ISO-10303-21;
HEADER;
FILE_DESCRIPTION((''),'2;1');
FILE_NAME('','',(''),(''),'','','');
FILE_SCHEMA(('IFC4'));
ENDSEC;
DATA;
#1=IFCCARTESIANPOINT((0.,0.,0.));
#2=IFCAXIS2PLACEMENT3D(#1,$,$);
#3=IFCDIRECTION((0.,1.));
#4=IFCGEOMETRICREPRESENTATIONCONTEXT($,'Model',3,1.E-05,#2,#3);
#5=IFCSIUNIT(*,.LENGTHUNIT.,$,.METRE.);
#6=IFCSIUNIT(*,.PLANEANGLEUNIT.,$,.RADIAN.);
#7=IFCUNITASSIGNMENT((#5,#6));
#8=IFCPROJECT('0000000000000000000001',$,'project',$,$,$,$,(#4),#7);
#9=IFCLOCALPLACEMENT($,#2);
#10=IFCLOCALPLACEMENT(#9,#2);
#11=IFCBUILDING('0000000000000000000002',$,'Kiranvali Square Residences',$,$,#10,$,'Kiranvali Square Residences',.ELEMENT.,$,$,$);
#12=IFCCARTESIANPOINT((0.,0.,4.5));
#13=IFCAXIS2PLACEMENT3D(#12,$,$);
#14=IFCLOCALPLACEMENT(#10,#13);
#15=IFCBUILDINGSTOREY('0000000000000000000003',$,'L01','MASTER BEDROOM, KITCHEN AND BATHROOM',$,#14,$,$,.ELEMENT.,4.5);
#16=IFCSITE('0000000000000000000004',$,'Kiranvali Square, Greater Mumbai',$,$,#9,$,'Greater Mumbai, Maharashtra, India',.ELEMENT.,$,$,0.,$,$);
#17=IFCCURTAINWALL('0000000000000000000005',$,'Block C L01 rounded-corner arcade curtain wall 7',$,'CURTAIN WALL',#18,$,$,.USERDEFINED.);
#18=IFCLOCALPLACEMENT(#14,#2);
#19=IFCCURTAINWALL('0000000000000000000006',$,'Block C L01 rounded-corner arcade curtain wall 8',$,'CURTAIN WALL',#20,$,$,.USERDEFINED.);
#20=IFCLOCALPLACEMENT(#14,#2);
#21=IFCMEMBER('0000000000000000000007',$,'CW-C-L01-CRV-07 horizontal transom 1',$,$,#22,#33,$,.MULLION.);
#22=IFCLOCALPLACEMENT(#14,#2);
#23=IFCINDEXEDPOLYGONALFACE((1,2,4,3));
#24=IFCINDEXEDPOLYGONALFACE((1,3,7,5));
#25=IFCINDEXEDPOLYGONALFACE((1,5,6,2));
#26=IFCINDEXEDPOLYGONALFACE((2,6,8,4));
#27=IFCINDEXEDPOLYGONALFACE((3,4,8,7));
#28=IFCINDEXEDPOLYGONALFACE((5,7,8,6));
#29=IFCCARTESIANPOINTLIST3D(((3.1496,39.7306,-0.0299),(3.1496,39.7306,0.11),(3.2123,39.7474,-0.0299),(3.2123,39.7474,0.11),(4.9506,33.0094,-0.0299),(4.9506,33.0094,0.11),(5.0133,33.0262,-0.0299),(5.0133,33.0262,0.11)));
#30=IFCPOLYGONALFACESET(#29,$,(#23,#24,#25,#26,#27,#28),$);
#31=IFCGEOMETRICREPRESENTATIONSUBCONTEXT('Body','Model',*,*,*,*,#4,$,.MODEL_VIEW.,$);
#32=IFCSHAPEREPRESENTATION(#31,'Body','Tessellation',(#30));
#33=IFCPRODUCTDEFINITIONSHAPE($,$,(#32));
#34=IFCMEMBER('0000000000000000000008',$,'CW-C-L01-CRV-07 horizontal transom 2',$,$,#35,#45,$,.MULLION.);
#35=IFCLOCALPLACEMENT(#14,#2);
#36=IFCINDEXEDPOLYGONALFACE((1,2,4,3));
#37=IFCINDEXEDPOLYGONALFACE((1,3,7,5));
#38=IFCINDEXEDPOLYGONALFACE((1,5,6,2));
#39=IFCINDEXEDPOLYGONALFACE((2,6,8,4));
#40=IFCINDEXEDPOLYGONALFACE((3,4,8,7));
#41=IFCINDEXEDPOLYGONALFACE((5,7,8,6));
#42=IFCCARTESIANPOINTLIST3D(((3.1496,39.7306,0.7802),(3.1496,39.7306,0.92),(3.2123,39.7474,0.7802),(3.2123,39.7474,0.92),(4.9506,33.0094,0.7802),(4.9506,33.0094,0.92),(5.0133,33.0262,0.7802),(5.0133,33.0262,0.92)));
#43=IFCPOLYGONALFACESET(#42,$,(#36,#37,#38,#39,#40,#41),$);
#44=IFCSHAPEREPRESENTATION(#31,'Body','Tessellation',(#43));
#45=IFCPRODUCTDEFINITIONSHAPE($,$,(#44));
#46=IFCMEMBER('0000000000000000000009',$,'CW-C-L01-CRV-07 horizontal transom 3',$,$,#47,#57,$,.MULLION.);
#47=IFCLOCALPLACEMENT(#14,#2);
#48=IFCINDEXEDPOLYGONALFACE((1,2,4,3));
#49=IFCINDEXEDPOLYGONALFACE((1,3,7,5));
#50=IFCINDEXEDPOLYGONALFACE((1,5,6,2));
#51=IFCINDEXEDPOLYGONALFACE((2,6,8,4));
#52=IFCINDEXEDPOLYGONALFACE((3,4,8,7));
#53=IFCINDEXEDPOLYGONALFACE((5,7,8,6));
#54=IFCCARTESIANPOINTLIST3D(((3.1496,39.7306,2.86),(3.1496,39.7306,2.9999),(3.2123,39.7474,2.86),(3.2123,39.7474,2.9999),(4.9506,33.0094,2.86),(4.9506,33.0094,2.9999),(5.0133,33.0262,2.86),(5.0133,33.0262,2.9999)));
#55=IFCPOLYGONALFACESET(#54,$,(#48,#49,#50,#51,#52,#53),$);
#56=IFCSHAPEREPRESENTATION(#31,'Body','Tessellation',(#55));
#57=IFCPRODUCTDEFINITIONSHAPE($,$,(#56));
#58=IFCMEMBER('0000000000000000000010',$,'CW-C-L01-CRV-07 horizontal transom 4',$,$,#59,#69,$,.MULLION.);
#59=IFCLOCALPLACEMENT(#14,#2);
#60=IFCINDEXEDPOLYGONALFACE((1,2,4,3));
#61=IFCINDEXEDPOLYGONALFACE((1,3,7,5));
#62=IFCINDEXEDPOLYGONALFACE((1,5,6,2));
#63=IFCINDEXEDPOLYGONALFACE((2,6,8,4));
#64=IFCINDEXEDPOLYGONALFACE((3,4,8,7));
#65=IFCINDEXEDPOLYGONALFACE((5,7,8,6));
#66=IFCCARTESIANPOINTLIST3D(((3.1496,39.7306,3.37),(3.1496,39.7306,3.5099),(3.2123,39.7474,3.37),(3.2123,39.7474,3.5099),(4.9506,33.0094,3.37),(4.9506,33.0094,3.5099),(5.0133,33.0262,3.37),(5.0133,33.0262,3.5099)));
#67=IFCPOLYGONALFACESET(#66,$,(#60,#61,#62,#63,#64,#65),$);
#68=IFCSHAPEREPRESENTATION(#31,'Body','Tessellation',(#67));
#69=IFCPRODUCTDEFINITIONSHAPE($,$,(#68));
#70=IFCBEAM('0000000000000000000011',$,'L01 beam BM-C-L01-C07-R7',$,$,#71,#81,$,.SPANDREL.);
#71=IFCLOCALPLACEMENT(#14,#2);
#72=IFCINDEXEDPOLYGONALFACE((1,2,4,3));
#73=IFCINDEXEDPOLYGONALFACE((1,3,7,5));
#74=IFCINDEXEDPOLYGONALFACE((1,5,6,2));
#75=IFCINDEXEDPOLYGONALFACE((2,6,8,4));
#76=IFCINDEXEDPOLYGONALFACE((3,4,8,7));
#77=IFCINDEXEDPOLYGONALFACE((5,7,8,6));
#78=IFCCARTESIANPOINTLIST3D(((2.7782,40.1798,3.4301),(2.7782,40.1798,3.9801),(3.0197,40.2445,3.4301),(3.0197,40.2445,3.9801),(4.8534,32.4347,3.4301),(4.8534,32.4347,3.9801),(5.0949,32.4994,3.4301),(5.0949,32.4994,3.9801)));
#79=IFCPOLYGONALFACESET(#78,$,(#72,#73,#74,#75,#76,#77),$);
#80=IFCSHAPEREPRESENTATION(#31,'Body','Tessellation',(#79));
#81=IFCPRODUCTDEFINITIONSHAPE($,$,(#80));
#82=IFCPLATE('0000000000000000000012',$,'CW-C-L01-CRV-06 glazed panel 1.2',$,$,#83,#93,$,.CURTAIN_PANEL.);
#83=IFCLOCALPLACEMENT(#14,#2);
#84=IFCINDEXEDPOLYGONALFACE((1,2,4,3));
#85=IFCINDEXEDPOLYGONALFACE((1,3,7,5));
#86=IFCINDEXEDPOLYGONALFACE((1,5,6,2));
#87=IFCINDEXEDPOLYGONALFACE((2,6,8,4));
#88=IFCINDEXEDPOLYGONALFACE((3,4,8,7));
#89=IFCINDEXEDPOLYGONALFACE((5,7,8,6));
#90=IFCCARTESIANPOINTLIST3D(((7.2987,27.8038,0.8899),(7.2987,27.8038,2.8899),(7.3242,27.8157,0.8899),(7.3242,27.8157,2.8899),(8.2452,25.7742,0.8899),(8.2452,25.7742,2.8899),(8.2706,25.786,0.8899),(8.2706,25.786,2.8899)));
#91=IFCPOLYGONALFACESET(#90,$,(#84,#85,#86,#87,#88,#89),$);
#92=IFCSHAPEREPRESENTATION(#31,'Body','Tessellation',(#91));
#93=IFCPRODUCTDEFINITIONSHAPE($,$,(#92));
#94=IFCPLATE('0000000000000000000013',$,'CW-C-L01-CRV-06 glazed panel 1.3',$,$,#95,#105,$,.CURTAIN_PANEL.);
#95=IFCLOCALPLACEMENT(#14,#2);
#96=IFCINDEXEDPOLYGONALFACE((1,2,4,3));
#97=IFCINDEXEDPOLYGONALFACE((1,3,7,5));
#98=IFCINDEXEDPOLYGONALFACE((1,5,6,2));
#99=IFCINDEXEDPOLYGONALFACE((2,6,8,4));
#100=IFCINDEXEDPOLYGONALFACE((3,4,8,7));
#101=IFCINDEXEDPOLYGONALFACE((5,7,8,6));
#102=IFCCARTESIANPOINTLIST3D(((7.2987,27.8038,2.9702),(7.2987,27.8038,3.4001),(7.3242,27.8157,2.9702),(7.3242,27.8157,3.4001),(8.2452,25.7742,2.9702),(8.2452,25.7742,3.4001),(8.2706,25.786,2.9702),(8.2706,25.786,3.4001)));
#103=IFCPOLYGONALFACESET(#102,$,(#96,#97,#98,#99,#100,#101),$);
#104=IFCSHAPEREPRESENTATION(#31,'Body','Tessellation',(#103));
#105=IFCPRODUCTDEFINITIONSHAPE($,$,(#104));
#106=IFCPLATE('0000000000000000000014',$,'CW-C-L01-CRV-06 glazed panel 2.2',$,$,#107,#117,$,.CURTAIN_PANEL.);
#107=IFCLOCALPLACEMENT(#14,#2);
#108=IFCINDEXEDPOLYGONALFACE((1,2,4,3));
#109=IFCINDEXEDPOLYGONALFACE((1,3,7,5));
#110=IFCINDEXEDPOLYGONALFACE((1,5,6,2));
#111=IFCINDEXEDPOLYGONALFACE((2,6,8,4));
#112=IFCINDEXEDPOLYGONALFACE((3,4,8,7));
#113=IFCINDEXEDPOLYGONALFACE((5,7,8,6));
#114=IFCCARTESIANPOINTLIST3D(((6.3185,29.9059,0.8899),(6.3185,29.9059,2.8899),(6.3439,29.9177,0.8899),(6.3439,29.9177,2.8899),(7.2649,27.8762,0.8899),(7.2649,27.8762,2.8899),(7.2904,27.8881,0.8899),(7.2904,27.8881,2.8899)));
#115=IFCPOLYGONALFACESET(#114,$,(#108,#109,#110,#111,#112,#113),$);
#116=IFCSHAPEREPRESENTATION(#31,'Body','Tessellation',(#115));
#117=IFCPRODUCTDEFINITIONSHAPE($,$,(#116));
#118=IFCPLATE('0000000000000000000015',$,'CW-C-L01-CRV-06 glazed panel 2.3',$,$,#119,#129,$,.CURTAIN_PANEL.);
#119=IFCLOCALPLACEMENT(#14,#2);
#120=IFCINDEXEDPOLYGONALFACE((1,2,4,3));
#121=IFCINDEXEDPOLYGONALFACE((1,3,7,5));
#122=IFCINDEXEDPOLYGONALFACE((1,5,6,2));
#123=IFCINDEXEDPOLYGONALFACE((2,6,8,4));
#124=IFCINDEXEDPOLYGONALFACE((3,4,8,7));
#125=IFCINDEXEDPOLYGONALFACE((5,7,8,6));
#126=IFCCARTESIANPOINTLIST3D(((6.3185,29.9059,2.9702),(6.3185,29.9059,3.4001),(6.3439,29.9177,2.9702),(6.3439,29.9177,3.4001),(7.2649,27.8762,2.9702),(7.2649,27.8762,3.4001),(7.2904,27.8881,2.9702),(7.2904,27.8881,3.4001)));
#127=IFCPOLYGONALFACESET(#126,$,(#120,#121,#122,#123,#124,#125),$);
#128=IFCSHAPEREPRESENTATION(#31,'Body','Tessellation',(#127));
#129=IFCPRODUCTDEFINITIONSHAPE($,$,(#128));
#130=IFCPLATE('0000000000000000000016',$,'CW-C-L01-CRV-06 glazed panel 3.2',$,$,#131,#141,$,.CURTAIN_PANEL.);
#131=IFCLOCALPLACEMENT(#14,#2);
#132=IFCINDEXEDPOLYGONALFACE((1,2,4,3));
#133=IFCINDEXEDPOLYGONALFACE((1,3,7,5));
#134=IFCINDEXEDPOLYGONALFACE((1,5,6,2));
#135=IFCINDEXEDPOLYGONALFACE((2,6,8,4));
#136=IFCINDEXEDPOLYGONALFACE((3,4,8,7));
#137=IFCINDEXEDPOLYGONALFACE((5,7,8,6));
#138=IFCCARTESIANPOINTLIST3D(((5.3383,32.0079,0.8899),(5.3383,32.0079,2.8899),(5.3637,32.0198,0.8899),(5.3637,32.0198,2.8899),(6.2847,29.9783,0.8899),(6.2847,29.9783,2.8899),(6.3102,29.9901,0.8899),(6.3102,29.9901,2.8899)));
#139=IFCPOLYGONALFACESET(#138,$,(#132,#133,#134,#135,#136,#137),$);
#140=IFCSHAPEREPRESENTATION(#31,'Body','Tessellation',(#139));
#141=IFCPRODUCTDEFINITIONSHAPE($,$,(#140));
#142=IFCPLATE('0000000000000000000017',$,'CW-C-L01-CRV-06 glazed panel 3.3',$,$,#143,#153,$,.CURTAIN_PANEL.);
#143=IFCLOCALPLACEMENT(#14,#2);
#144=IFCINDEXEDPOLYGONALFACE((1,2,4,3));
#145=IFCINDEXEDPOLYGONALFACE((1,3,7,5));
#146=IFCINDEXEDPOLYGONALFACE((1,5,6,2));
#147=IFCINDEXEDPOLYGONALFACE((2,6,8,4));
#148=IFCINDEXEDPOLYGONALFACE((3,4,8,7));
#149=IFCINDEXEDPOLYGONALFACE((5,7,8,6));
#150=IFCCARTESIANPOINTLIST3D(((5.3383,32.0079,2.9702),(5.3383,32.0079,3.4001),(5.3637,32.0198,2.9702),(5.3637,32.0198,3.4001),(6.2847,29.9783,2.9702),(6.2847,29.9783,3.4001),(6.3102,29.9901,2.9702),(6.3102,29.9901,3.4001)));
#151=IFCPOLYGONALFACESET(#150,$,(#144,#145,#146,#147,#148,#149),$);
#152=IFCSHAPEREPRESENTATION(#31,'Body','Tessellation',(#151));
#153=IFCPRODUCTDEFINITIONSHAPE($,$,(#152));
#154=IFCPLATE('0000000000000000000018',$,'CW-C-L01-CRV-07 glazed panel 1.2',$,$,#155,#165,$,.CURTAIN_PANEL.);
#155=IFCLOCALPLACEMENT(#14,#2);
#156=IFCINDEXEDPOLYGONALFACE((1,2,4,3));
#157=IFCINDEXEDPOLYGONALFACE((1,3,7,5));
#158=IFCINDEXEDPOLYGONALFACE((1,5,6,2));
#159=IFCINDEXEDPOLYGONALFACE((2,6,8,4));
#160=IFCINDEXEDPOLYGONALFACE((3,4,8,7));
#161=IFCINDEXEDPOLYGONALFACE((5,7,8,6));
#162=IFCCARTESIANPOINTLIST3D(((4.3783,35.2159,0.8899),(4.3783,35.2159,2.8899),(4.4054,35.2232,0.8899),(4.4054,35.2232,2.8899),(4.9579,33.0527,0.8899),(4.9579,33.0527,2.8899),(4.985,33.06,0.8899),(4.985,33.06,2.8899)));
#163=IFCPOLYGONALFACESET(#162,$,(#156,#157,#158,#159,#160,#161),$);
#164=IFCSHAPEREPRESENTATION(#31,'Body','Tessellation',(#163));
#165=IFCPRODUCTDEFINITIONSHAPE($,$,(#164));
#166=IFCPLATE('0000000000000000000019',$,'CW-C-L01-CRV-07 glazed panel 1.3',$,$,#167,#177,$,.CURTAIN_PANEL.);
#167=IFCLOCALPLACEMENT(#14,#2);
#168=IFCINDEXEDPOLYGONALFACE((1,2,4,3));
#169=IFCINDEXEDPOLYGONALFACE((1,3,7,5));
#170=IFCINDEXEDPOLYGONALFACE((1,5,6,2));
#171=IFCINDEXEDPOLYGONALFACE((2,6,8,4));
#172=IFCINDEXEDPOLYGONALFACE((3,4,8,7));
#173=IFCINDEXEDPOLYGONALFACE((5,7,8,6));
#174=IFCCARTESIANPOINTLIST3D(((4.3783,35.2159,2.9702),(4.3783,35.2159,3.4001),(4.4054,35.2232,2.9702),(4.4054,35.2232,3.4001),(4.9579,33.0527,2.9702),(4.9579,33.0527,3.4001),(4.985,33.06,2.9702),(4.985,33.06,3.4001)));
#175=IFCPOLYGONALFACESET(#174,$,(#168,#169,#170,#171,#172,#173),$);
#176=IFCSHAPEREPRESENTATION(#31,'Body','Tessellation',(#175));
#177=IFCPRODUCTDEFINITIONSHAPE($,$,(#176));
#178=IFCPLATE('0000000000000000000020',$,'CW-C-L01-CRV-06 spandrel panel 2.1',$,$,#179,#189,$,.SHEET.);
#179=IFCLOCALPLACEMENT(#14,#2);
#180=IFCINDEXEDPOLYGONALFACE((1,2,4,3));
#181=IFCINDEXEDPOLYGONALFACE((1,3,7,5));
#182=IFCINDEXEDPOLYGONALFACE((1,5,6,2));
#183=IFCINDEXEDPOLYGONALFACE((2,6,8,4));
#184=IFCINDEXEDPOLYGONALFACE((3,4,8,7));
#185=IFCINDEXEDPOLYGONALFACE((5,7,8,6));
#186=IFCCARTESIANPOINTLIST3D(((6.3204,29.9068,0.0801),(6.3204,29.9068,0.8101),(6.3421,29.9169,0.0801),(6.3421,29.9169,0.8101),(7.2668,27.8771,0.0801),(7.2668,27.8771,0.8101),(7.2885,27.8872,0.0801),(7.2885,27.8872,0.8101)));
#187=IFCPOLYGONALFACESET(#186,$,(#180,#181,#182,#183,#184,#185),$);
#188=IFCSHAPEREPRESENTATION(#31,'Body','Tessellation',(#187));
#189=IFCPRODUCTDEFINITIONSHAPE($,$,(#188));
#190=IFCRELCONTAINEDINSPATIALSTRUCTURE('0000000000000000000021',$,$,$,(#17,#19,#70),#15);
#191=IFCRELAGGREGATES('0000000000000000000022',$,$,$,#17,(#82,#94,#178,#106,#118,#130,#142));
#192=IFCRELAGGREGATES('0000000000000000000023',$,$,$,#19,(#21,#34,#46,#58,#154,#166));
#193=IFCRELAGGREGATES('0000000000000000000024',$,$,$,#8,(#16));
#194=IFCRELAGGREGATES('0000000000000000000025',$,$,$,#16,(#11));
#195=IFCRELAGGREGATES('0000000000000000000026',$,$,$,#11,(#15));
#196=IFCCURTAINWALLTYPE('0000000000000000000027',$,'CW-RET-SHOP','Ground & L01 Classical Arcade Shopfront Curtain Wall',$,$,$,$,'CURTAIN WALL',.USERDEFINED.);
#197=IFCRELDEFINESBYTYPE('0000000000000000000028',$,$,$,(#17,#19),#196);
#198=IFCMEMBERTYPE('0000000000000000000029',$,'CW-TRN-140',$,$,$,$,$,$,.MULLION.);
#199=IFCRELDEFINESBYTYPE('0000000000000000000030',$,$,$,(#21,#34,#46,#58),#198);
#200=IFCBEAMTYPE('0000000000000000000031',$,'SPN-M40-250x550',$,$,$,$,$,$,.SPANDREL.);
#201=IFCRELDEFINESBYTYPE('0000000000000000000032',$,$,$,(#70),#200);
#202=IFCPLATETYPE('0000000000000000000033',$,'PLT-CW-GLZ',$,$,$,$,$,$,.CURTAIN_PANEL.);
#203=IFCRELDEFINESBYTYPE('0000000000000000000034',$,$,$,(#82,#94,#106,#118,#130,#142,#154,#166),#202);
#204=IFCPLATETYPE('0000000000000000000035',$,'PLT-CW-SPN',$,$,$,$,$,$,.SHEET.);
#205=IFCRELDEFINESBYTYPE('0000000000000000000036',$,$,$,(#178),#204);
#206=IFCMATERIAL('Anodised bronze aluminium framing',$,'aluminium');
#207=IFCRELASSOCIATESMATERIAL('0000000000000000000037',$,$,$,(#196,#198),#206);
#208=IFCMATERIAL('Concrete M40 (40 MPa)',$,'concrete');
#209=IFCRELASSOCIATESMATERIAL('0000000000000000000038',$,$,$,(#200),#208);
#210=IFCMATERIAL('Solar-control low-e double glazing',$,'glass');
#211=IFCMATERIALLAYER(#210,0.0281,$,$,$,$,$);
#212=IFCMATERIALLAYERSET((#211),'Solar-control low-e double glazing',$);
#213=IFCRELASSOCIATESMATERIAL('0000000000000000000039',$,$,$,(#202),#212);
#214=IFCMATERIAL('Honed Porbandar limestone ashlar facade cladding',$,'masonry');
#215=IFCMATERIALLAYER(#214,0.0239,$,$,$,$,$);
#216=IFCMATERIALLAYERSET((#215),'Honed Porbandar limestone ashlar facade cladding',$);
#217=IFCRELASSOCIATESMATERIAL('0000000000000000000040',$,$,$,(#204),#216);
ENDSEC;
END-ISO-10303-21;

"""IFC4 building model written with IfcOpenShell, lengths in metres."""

from ifc_helpers import new_model, si_unit, direction, frame, origin, origin_2d, place, context, subcontext, project, spatial, rectangle, extrude, material, layer, layer_set, material_profile, profile_set, type_object, element, aggregate, save


model = new_model("IFC4")

# Units and contexts
model_context = context("Model", 3, precision=1e-05, world=origin(), true_north=direction((0.0, 1.0)))
body_context = subcontext(model_context, "Body", "Model", "MODEL_VIEW")
ifc_project = project(units=[si_unit("LENGTHUNIT", "METRE"), si_unit("PLANEANGLEUNIT", "RADIAN")], contexts=[model_context])

# Site, building, storey
site_placement = place(None, origin())
site = spatial("IfcSite", under=ifc_project, at=site_placement, Name="Kiranvali Square, Greater Mumbai", LongName="Greater Mumbai, Maharashtra, India", CompositionType="ELEMENT", RefElevation=0.0)
building_placement = place(site_placement, origin())
building = spatial("IfcBuilding", under=site, at=building_placement, Name="Kiranvali Square Residences", LongName="Kiranvali Square Residences", CompositionType="ELEMENT")
storey_placement = place(building_placement, frame((0.0, 0.0, 4.5)))
storey = spatial("IfcBuildingStorey", under=building, at=storey_placement, Name="L01", Description="MASTER BEDROOM, KITCHEN AND BATHROOM", CompositionType="ELEMENT", Elevation=4.5)

# Shared definitions
ifc_material_1 = material(Name="Concrete M40 (40 MPa)", Category="concrete")

# Curtain walls, members
ifc_material_2 = material(Name="Anodised bronze aluminium framing", Category="aluminium")
curtain_wall_type = type_object("IfcCurtainWallType", Name="CW-RET-SHOP", Description="Ground & L01 Classical Arcade Shopfront Curtain Wall", ElementType="CURTAIN WALL", PredefinedType="USERDEFINED", material=ifc_material_2)
curtain_wall_1_placement = place(storey_placement, origin())
curtain_wall_1 = element("IfcCurtainWall", 1, at=curtain_wall_1_placement, inside=storey, type_object=curtain_wall_type, Name="Block C L01 rounded-corner arcade curtain wall 7", ObjectType="CURTAIN WALL", PredefinedType="USERDEFINED")
curtain_wall_2_placement = place(storey_placement, origin())
curtain_wall_2 = element("IfcCurtainWall", 2, at=curtain_wall_2_placement, inside=storey, type_object=curtain_wall_type, Name="Block C L01 rounded-corner arcade curtain wall 8", ObjectType="CURTAIN WALL", PredefinedType="USERDEFINED")
ifc_material_profile_1 = material_profile(ifc_material_2, rectangle(XDim=0.0649, YDim=0.1399, at=origin_2d()), Name="ALU 65x140")
ifc_profile_set_1 = profile_set([ifc_material_profile_1], Name="Anodised bronze aluminium framing")
member_type_1 = type_object("IfcMemberType", Name="CW-TRN-140", PredefinedType="MULLION", material=ifc_profile_set_1)
member_1_placement = place(storey_placement, frame((4.9819, 33.0178, 0.04), z_axis=(-0.258831, 0.965923, 0.0), x_axis=(-0.965923, -0.258831, 0.0)))
member_1 = element("IfcMember", 3, at=member_1_placement, type_object=member_type_1, Name="CW-C-L01-CRV-07 horizontal transom 1", PredefinedType="MULLION", context=body_context, shape_type="SweptSolid", body=[
    extrude(rectangle(XDim=0.0649, YDim=0.1399, at=origin_2d()), origin(), (0.0, 0.0, 1.0), 6.9583),
])
member_2_placement = place(storey_placement, frame((4.9819, 33.0178, 0.8501), z_axis=(-0.258831, 0.965923, 0.0), x_axis=(-0.965923, -0.258831, 0.0)))
member_2 = element("IfcMember", 4, at=member_2_placement, type_object=member_type_1, Name="CW-C-L01-CRV-07 horizontal transom 2", PredefinedType="MULLION", context=body_context, shape_type="SweptSolid", body=[
    extrude(rectangle(XDim=0.0649, YDim=0.1399, at=origin_2d()), origin(), (0.0, 0.0, 1.0), 6.9583),
])
member_3_placement = place(storey_placement, frame((4.9819, 33.0178, 2.9299), z_axis=(-0.258831, 0.965923, 0.0), x_axis=(-0.965923, -0.258831, 0.0)))
member_3 = element("IfcMember", 5, at=member_3_placement, type_object=member_type_1, Name="CW-C-L01-CRV-07 horizontal transom 3", PredefinedType="MULLION", context=body_context, shape_type="SweptSolid", body=[
    extrude(rectangle(XDim=0.0649, YDim=0.1399, at=origin_2d()), origin(), (0.0, 0.0, 1.0), 6.9583),
])
member_4_placement = place(storey_placement, frame((4.9819, 33.0178, 3.4399), z_axis=(-0.258831, 0.965923, 0.0), x_axis=(-0.965923, -0.258831, 0.0)))
member_4 = element("IfcMember", 6, at=member_4_placement, type_object=member_type_1, Name="CW-C-L01-CRV-07 horizontal transom 4", PredefinedType="MULLION", context=body_context, shape_type="SweptSolid", body=[
    extrude(rectangle(XDim=0.0649, YDim=0.1399, at=origin_2d()), origin(), (0.0, 0.0, 1.0), 6.9583),
])

# Beam
ifc_material_profile_2 = material_profile(ifc_material_1, rectangle(XDim=0.25, YDim=0.55, at=origin_2d()), Name="RC 250x550")
ifc_profile_set_2 = profile_set([ifc_material_profile_2], Name="Concrete M40 (40 MPa)")
beam_type_1 = type_object("IfcBeamType", Name="SPN-M40-250x550", PredefinedType="SPANDREL", material=ifc_profile_set_2)
beam_1_placement = place(storey_placement, frame((4.9741, 32.467, 3.7051), z_axis=(-0.258807, 0.965929, 0.0), x_axis=(-0.965929, -0.258807, 0.0)))
element("IfcBeam", 7, at=beam_1_placement, inside=storey, type_object=beam_type_1, Name="L01 beam BM-C-L01-C07-R7", PredefinedType="SPANDREL", context=body_context, shape_type="SweptSolid", body=[
    extrude(rectangle(XDim=0.25, YDim=0.55, at=origin_2d()), origin(), (0.0, 0.0, 1.0), 8.0183),
])

# Plates
ifc_material_3 = material(Name="Solar-control low-e double glazing", Category="glass")
ifc_layer_1 = layer(ifc_material_3, 0.0281)
ifc_layer_set_1 = layer_set([ifc_layer_1], Name="Solar-control low-e double glazing")
plate_type_1 = type_object("IfcPlateType", Name="PLT-CW-GLZ", PredefinedType="CURTAIN_PANEL", material=ifc_layer_set_1)
plate_1_placement = place(storey_placement, frame((7.7847, 26.7949, 0.8899), z_axis=(0.0, 0.0, 1.0), x_axis=(-0.422618, 0.906308, 0.0)))
plate_1 = element("IfcPlate", 8, at=plate_1_placement, type_object=plate_type_1, Name="CW-C-L01-CRV-06 glazed panel 1.2", PredefinedType="CURTAIN_PANEL", context=body_context, shape_type="SweptSolid", body=[
    extrude(rectangle(XDim=2.2395, YDim=0.0281, at=origin_2d()), origin(), (0.0, 0.0, 1.0), 2.0),
])
plate_2_placement = place(storey_placement, frame((7.7847, 26.7949, 2.9702), z_axis=(0.0, 0.0, 1.0), x_axis=(-0.422618, 0.906308, 0.0)))
plate_2 = element("IfcPlate", 9, at=plate_2_placement, type_object=plate_type_1, Name="CW-C-L01-CRV-06 glazed panel 1.3", PredefinedType="CURTAIN_PANEL", context=body_context, shape_type="SweptSolid", body=[
    extrude(rectangle(XDim=2.2395, YDim=0.0281, at=origin_2d()), origin(), (0.0, 0.0, 1.0), 0.4299),
])
plate_3_placement = place(storey_placement, frame((6.8044, 28.897, 0.8899), z_axis=(0.0, 0.0, 1.0), x_axis=(-0.422618, 0.906308, 0.0)))
plate_3 = element("IfcPlate", 10, at=plate_3_placement, type_object=plate_type_1, Name="CW-C-L01-CRV-06 glazed panel 2.2", PredefinedType="CURTAIN_PANEL", context=body_context, shape_type="SweptSolid", body=[
    extrude(rectangle(XDim=2.2395, YDim=0.0281, at=origin_2d()), origin(), (0.0, 0.0, 1.0), 2.0),
])
plate_4_placement = place(storey_placement, frame((6.8044, 28.897, 2.9702), z_axis=(0.0, 0.0, 1.0), x_axis=(-0.422618, 0.906308, 0.0)))
plate_4 = element("IfcPlate", 11, at=plate_4_placement, type_object=plate_type_1, Name="CW-C-L01-CRV-06 glazed panel 2.3", PredefinedType="CURTAIN_PANEL", context=body_context, shape_type="SweptSolid", body=[
    extrude(rectangle(XDim=2.2395, YDim=0.0281, at=origin_2d()), origin(), (0.0, 0.0, 1.0), 0.4299),
])
plate_5_placement = place(storey_placement, frame((5.8242, 30.999, 0.8899), z_axis=(0.0, 0.0, 1.0), x_axis=(-0.422618, 0.906308, 0.0)))
plate_5 = element("IfcPlate", 12, at=plate_5_placement, type_object=plate_type_1, Name="CW-C-L01-CRV-06 glazed panel 3.2", PredefinedType="CURTAIN_PANEL", context=body_context, shape_type="SweptSolid", body=[
    extrude(rectangle(XDim=2.2395, YDim=0.0281, at=origin_2d()), origin(), (0.0, 0.0, 1.0), 2.0),
])
plate_6_placement = place(storey_placement, frame((5.8242, 30.999, 2.9702), z_axis=(0.0, 0.0, 1.0), x_axis=(-0.422618, 0.906308, 0.0)))
plate_6 = element("IfcPlate", 13, at=plate_6_placement, type_object=plate_type_1, Name="CW-C-L01-CRV-06 glazed panel 3.3", PredefinedType="CURTAIN_PANEL", context=body_context, shape_type="SweptSolid", body=[
    extrude(rectangle(XDim=2.2395, YDim=0.0281, at=origin_2d()), origin(), (0.0, 0.0, 1.0), 0.4299),
])
plate_7_placement = place(storey_placement, frame((4.6816, 34.1379, 0.8899), z_axis=(0.0, 0.0, 1.0), x_axis=(-0.258819, 0.965926, 0.0)))
plate_7 = element("IfcPlate", 14, at=plate_7_placement, type_object=plate_type_1, Name="CW-C-L01-CRV-07 glazed panel 1.2", PredefinedType="CURTAIN_PANEL", context=body_context, shape_type="SweptSolid", body=[
    extrude(rectangle(XDim=2.2395, YDim=0.0281, at=origin_2d()), origin(), (0.0, 0.0, 1.0), 2.0),
])
plate_8_placement = place(storey_placement, frame((4.6816, 34.1379, 2.9702), z_axis=(0.0, 0.0, 1.0), x_axis=(-0.258819, 0.965926, 0.0)))
plate_8 = element("IfcPlate", 15, at=plate_8_placement, type_object=plate_type_1, Name="CW-C-L01-CRV-07 glazed panel 1.3", PredefinedType="CURTAIN_PANEL", context=body_context, shape_type="SweptSolid", body=[
    extrude(rectangle(XDim=2.2395, YDim=0.0281, at=origin_2d()), origin(), (0.0, 0.0, 1.0), 0.4299),
])
ifc_material_4 = material(Name="Honed Porbandar limestone ashlar facade cladding", Category="masonry")
ifc_layer_2 = layer(ifc_material_4, 0.0239)
ifc_layer_set_2 = layer_set([ifc_layer_2], Name="Honed Porbandar limestone ashlar facade cladding")
plate_type_2 = type_object("IfcPlateType", Name="PLT-CW-SPN", PredefinedType="SHEET", material=ifc_layer_set_2)
plate_9_placement = place(storey_placement, frame((6.8044, 28.897, 0.0801), z_axis=(0.0, 0.0, 1.0), x_axis=(-0.422618, 0.906308, 0.0)))
plate_9 = element("IfcPlate", 16, at=plate_9_placement, type_object=plate_type_2, Name="CW-C-L01-CRV-06 spandrel panel 2.1", PredefinedType="SHEET", context=body_context, shape_type="SweptSolid", body=[
    extrude(rectangle(XDim=2.2395, YDim=0.0239, at=origin_2d()), origin(), (0.0, 0.0, 1.0), 0.73),
])
aggregate(curtain_wall_1, [plate_1, plate_2, plate_9, plate_3, plate_4, plate_5, plate_6])
aggregate(curtain_wall_2, [member_1, member_2, member_3, member_4, plate_7, plate_8])

save(model, "model.ifc")
